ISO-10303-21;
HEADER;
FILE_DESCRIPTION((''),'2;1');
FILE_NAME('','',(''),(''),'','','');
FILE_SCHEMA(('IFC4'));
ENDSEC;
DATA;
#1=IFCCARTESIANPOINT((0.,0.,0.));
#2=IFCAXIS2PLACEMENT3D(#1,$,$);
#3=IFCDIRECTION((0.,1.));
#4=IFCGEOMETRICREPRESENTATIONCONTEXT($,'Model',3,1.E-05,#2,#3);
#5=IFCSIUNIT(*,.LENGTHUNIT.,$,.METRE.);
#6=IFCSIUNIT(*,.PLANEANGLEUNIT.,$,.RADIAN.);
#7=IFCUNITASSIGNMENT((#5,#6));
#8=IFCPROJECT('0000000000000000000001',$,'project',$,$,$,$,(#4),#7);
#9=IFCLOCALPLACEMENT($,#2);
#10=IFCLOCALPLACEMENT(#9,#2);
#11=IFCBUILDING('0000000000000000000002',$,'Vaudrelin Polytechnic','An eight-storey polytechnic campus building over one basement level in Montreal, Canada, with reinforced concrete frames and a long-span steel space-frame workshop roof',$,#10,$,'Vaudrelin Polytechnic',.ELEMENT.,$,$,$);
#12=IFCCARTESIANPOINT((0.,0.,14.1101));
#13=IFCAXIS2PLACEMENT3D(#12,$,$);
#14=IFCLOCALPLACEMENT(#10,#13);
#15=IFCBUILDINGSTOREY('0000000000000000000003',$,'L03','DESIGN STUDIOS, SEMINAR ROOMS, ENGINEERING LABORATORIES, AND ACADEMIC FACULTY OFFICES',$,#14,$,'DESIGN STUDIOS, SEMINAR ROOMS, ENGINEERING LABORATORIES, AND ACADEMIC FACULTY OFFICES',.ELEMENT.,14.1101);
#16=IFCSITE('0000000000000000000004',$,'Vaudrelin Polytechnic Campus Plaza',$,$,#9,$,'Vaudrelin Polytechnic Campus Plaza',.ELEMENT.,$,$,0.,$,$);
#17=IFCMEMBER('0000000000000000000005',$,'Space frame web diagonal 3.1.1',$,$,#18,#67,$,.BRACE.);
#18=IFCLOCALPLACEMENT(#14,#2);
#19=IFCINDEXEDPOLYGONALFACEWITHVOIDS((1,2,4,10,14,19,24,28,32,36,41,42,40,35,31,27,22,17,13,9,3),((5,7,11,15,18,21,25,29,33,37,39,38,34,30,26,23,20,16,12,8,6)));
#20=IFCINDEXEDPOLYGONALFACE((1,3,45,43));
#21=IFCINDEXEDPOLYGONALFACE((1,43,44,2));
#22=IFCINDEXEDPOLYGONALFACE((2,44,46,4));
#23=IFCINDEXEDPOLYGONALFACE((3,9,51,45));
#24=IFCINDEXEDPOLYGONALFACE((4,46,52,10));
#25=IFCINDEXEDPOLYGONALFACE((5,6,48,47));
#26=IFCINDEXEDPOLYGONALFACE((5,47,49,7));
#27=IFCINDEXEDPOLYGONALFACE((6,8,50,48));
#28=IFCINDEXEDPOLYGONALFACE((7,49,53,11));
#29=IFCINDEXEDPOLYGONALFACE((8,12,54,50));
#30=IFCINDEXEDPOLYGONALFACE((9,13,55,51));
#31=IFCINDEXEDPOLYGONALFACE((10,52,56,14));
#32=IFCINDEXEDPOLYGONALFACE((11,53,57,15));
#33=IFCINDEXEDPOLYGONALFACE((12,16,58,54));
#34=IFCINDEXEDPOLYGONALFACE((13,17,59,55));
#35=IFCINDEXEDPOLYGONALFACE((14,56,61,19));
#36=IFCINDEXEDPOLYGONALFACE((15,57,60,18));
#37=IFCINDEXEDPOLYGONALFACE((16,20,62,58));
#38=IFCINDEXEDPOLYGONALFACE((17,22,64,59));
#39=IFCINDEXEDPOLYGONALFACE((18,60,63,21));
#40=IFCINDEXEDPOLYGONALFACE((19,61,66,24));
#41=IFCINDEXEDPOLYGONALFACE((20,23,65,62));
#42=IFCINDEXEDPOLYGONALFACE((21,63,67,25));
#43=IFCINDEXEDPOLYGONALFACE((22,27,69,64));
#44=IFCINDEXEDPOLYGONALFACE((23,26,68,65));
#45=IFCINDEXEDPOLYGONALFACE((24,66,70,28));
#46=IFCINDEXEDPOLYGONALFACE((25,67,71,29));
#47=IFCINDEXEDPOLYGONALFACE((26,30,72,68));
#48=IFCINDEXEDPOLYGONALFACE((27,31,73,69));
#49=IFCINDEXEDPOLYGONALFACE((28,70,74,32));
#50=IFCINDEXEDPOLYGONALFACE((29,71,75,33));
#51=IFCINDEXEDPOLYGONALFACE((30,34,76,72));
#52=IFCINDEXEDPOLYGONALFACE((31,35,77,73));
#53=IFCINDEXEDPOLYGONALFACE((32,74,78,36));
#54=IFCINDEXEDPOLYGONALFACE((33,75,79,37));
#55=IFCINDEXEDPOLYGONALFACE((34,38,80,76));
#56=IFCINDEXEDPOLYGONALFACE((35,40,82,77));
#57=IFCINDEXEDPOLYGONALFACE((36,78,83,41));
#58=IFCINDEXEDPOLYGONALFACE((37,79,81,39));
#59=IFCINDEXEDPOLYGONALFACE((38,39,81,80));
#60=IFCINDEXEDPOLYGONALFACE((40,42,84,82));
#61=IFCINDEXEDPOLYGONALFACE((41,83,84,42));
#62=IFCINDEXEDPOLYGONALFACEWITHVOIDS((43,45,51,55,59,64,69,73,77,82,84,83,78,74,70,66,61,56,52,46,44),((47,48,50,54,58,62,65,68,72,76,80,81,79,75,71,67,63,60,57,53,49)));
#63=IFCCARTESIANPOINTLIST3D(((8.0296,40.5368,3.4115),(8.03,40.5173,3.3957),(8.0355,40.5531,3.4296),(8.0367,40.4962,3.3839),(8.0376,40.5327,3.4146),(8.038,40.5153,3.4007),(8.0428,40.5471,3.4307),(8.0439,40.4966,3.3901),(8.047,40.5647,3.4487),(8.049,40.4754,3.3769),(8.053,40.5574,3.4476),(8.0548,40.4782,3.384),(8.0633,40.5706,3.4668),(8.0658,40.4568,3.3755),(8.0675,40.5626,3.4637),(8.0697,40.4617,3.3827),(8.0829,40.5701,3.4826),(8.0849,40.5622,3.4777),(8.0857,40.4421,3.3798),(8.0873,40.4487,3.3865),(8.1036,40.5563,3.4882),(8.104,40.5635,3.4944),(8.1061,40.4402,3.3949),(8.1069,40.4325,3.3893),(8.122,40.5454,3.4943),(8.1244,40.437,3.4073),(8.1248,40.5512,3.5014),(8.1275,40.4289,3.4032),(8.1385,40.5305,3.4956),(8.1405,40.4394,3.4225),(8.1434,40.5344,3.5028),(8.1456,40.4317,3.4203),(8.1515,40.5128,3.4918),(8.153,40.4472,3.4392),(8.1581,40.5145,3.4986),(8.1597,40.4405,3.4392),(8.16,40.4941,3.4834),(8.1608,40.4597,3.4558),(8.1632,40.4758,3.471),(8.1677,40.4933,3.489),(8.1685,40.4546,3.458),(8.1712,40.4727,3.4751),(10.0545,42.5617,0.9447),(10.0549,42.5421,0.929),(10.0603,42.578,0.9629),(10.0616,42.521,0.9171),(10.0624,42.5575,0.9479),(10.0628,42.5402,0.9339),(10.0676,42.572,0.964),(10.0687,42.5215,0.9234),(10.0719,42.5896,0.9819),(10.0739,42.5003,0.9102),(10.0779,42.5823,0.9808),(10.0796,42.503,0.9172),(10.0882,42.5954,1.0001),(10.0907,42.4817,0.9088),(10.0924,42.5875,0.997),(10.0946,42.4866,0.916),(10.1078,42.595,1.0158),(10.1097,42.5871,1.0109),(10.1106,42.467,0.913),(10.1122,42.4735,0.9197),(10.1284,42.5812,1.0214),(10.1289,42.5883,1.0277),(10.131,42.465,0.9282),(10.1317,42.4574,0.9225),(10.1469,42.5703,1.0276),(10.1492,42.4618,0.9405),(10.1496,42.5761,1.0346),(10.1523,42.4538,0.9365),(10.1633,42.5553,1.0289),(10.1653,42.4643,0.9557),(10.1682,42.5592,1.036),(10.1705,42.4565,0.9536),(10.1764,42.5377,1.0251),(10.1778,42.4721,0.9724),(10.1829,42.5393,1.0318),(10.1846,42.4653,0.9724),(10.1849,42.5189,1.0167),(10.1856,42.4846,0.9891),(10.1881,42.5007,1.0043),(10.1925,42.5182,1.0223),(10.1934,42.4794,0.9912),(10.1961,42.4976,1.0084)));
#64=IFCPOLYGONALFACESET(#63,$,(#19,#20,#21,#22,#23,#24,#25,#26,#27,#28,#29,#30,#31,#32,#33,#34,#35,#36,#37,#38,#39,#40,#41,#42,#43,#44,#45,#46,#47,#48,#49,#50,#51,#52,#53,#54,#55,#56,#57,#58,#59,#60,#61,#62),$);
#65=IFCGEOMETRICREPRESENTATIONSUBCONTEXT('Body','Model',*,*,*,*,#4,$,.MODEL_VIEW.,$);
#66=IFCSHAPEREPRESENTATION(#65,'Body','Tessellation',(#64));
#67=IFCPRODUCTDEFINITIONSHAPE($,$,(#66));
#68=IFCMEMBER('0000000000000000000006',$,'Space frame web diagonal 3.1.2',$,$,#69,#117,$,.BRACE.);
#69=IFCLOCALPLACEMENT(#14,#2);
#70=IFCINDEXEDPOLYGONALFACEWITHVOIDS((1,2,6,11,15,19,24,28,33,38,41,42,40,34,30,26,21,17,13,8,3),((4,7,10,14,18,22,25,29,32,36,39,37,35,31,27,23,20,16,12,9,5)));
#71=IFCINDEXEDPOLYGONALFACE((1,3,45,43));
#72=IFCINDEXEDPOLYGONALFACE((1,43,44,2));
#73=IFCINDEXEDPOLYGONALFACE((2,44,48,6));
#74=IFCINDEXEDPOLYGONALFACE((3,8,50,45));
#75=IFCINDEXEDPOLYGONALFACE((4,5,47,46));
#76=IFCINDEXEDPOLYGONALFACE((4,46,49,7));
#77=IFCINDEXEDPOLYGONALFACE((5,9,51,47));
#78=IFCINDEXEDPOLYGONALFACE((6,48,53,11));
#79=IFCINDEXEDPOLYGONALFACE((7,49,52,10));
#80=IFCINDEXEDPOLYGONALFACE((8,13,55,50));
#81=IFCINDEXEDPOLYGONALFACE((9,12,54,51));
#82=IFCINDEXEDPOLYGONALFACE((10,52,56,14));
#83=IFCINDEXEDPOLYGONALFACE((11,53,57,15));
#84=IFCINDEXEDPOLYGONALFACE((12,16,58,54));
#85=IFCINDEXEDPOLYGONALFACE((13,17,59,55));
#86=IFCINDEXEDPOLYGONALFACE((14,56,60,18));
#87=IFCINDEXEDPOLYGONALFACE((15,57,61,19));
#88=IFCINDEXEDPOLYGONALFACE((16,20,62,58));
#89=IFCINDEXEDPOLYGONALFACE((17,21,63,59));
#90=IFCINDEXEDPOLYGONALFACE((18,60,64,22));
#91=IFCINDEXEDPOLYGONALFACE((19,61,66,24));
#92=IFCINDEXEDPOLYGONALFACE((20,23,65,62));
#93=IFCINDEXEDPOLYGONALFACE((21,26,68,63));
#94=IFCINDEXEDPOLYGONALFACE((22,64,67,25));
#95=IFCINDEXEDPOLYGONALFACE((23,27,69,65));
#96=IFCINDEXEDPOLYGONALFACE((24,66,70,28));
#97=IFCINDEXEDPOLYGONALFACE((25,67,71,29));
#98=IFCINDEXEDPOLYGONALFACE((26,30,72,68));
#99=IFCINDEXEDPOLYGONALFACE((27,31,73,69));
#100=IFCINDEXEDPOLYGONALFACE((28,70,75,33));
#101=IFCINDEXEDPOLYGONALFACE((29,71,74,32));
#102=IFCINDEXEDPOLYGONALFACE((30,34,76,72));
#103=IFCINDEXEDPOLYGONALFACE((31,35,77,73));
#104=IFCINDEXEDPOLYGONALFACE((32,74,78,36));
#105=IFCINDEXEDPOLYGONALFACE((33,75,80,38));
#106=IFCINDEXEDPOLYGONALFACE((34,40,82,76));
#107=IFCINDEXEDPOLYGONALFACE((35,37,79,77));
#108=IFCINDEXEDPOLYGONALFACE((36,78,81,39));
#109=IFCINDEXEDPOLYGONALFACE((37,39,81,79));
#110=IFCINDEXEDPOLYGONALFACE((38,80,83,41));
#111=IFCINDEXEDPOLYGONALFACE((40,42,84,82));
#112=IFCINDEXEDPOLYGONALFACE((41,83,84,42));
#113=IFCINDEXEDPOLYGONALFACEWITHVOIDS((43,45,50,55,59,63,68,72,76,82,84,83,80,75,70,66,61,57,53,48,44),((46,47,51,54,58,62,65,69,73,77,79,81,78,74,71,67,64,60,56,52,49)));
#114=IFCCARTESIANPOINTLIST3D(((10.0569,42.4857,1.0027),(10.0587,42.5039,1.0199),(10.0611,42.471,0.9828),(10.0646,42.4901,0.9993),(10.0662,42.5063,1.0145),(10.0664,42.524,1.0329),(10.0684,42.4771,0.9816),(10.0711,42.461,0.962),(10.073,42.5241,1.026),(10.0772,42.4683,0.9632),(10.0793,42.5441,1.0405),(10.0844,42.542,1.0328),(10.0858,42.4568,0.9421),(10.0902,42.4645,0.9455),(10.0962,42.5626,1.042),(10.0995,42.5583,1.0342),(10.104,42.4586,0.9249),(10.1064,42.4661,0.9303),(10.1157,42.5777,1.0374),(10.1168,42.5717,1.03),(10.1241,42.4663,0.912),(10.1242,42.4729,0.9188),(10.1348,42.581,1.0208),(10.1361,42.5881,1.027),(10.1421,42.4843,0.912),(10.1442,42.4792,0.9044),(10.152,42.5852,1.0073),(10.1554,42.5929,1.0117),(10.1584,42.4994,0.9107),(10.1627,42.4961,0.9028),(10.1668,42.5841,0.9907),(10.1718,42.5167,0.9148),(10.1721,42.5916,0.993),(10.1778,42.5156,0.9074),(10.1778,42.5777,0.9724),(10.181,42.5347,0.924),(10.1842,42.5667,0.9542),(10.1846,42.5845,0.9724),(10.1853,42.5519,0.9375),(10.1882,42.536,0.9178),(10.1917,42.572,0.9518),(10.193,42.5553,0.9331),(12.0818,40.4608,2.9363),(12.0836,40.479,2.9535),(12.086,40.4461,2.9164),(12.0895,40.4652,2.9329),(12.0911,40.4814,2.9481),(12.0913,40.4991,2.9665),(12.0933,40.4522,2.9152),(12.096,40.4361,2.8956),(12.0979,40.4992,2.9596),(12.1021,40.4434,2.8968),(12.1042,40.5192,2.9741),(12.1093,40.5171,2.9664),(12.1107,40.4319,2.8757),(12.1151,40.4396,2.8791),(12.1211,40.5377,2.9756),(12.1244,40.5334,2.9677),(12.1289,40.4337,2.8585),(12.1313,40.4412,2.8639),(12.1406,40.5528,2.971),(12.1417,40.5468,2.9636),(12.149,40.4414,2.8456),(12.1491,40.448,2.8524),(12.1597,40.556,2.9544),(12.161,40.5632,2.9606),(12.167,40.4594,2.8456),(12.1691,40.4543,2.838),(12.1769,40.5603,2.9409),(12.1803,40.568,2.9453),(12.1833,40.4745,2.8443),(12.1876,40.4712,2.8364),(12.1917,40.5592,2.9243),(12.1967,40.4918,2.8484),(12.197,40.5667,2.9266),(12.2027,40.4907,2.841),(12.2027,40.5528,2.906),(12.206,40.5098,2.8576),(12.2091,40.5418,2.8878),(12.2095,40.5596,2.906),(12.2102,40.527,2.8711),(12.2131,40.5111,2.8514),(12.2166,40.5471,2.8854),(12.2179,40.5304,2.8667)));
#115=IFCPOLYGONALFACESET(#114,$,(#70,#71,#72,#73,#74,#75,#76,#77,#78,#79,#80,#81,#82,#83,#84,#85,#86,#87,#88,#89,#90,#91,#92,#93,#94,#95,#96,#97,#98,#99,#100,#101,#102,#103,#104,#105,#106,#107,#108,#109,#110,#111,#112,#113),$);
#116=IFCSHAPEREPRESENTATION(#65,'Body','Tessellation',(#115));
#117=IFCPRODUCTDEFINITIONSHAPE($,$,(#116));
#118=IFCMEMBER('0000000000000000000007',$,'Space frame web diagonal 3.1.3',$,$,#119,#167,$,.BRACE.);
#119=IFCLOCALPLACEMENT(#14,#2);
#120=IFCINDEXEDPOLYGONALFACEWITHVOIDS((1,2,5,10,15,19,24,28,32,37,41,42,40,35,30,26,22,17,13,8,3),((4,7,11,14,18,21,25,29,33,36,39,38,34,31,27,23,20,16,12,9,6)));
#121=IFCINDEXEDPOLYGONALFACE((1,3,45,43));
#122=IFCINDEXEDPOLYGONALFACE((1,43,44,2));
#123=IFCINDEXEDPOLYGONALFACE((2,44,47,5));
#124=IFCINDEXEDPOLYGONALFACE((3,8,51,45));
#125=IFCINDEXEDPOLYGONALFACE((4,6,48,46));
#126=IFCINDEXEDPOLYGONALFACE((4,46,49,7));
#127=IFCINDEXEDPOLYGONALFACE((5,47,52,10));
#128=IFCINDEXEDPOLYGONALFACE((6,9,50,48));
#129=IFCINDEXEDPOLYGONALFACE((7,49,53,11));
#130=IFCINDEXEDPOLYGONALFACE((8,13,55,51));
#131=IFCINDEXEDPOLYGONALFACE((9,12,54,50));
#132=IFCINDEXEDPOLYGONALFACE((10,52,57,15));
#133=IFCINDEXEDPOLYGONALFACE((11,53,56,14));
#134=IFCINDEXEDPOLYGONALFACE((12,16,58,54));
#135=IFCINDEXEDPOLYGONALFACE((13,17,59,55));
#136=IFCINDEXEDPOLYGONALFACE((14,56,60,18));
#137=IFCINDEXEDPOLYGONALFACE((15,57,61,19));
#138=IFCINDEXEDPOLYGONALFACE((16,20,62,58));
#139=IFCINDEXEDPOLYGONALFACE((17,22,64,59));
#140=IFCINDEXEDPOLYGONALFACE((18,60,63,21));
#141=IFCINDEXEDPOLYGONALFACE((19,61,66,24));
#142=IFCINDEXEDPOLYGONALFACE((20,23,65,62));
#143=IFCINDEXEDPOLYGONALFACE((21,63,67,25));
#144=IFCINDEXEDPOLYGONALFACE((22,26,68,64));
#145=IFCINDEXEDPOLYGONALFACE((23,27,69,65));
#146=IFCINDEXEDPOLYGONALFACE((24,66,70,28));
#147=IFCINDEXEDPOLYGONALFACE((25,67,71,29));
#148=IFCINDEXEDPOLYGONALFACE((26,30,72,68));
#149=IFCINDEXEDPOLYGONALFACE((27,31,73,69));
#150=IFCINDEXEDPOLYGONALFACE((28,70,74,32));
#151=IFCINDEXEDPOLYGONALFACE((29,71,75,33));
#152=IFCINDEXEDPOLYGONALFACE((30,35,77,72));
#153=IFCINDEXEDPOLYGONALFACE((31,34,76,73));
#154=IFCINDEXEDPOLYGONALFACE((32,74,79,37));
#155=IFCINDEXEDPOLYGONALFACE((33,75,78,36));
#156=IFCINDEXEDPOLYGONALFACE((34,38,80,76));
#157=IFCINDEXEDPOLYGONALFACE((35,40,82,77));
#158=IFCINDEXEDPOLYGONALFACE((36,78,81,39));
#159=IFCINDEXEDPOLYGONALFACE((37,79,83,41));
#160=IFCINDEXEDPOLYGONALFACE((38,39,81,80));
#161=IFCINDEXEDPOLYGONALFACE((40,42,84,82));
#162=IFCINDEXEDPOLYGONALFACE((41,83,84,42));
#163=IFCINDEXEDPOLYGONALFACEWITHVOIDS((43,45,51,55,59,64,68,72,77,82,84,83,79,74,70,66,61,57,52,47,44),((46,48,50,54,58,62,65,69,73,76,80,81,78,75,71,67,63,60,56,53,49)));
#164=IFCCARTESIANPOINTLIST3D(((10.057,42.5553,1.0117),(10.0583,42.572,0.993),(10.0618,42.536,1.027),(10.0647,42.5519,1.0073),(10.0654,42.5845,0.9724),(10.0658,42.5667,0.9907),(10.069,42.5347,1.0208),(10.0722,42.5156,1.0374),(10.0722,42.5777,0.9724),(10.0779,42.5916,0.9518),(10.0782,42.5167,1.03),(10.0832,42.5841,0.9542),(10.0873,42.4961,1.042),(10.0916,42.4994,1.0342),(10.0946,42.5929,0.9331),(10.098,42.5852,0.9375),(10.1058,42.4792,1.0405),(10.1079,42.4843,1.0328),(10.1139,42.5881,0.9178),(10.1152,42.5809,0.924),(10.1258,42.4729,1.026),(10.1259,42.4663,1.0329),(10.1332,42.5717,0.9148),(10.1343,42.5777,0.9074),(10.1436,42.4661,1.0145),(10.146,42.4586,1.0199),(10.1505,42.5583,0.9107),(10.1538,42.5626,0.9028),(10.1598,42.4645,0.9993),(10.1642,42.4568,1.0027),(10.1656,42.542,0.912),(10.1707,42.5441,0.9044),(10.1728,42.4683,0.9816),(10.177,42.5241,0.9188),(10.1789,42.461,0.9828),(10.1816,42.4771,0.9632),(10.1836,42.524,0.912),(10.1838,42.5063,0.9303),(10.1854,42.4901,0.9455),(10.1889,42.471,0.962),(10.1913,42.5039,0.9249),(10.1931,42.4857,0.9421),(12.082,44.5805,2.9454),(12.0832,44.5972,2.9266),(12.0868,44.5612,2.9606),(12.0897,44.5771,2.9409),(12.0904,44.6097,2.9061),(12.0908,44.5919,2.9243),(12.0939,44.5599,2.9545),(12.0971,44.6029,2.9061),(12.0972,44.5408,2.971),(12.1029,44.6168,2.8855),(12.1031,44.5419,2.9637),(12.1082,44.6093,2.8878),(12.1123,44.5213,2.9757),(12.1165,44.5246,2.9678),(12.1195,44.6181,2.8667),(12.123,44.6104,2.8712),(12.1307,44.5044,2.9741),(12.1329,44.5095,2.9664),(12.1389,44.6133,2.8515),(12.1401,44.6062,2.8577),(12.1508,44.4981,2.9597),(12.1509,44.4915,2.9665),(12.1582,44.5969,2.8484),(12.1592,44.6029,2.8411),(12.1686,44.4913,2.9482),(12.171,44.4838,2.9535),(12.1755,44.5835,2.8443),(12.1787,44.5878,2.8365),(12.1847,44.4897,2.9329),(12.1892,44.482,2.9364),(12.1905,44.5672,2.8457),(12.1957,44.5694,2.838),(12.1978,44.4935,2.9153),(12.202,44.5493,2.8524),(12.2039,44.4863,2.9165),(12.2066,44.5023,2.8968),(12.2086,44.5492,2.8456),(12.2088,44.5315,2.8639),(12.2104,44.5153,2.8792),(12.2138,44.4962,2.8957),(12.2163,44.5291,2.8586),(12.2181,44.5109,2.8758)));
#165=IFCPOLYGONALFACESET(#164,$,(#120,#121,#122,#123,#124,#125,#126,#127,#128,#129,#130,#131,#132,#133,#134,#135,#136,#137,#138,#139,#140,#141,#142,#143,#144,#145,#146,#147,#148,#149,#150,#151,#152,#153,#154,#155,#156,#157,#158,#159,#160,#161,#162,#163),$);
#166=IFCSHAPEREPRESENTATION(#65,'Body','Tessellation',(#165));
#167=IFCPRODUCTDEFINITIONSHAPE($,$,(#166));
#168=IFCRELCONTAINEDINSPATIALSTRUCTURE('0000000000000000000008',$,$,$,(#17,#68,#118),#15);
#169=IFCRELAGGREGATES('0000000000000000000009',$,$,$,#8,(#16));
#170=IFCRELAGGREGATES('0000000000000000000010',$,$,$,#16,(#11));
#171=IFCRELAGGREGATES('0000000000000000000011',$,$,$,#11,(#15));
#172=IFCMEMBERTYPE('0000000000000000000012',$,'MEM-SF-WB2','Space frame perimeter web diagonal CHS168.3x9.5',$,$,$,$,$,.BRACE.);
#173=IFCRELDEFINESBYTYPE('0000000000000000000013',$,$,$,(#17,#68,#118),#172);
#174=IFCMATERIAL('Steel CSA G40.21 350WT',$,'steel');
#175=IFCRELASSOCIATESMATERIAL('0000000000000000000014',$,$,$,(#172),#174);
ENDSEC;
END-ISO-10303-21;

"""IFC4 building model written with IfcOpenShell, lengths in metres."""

from ifc_helpers import new_model, si_unit, direction, frame, origin, origin_2d, place, context, subcontext, project, spatial, hollow_circle, extrude, material, material_profile, profile_set, type_object, element, save


model = new_model("IFC4")

# Units and contexts
model_context = context("Model", 3, precision=1e-05, world=origin(), true_north=direction((0.0, 1.0)))
body_context = subcontext(model_context, "Body", "Model", "MODEL_VIEW")
ifc_project = project(units=[si_unit("LENGTHUNIT", "METRE"), si_unit("PLANEANGLEUNIT", "RADIAN")], contexts=[model_context])

# Site, building, storey
site_placement = place(None, origin())
site = spatial("IfcSite", under=ifc_project, at=site_placement, Name="Vaudrelin Polytechnic Campus Plaza", LongName="Vaudrelin Polytechnic Campus Plaza", CompositionType="ELEMENT", RefElevation=0.0)
building_placement = place(site_placement, origin())
building = spatial("IfcBuilding", under=site, at=building_placement, Name="Vaudrelin Polytechnic", Description="An eight-storey polytechnic campus building over one basement level in Montreal, Canada, with reinforced concrete frames and a long-span steel space-frame workshop roof", LongName="Vaudrelin Polytechnic", CompositionType="ELEMENT")
storey_placement = place(building_placement, frame((0.0, 0.0, 14.1101)))
storey = spatial("IfcBuildingStorey", under=building, at=storey_placement, Name="L03", Description="DESIGN STUDIOS, SEMINAR ROOMS, ENGINEERING LABORATORIES, AND ACADEMIC FACULTY OFFICES", LongName="DESIGN STUDIOS, SEMINAR ROOMS, ENGINEERING LABORATORIES, AND ACADEMIC FACULTY OFFICES", CompositionType="ELEMENT", Elevation=14.1101)

# Members
ifc_material = material(Name="Steel CSA G40.21 350WT", Category="steel")
ifc_material_profile_1 = material_profile(ifc_material, hollow_circle(Radius=0.0842, WallThickness=0.0095, at=origin_2d()), Name="CHS168.3x9.5")
ifc_profile_set_1 = profile_set([ifc_material_profile_1], Name="Steel CSA G40.21 350WT")
member_type_1 = type_object("IfcMemberType", Name="MEM-SF-WB2", Description="Space frame perimeter web diagonal CHS168.3x9.5", PredefinedType="BRACE", material=ifc_profile_set_1)
for number, where, z_axis, x_axis, name in (
    (1, (10.125, 42.5249, 0.9724), (-0.535742, -0.535742, 0.652657), (0.707107, -0.707107, 0.0), "Space frame web diagonal 3.1.1"),
):
    element("IfcMember", number, at=place(storey_placement, frame(where, z_axis=z_axis, x_axis=x_axis)), inside=storey, type_object=member_type_1, Name=name, PredefinedType="BRACE", context=body_context, shape_type="SweptSolid", body=[
        extrude(hollow_circle(Radius=0.0842, WallThickness=0.0095, at=origin_2d()), origin(), (0.0, 0.0, 1.0), 3.7795),
    ])
member_1_placement = place(storey_placement, frame((10.125, 42.5249, 0.9724), z_axis=(0.586024, -0.586024, 0.559599), x_axis=(0.707107, 0.707107, 0.0)))
element("IfcMember", 2, at=member_1_placement, inside=storey, type_object=member_type_1, Name="Space frame web diagonal 3.1.2", PredefinedType="BRACE", context=body_context, shape_type="SweptSolid", body=[
    extrude(hollow_circle(Radius=0.0842, WallThickness=0.0095, at=origin_2d()), origin(), (0.0, 0.0, 1.0), 3.4553),
])
member_2_placement = place(storey_placement, frame((10.125, 42.5249, 0.9724), z_axis=(0.586, 0.586071, 0.559576), x_axis=(-0.707149, 0.707064, 0.0)))
element("IfcMember", 3, at=member_2_placement, inside=storey, type_object=member_type_1, Name="Space frame web diagonal 3.1.3", PredefinedType="BRACE", context=body_context, shape_type="SweptSolid", body=[
    extrude(hollow_circle(Radius=0.0842, WallThickness=0.0095, at=origin_2d()), origin(), (0.0, 0.0, 1.0), 3.4556),
])

save(model, "model.ifc")
